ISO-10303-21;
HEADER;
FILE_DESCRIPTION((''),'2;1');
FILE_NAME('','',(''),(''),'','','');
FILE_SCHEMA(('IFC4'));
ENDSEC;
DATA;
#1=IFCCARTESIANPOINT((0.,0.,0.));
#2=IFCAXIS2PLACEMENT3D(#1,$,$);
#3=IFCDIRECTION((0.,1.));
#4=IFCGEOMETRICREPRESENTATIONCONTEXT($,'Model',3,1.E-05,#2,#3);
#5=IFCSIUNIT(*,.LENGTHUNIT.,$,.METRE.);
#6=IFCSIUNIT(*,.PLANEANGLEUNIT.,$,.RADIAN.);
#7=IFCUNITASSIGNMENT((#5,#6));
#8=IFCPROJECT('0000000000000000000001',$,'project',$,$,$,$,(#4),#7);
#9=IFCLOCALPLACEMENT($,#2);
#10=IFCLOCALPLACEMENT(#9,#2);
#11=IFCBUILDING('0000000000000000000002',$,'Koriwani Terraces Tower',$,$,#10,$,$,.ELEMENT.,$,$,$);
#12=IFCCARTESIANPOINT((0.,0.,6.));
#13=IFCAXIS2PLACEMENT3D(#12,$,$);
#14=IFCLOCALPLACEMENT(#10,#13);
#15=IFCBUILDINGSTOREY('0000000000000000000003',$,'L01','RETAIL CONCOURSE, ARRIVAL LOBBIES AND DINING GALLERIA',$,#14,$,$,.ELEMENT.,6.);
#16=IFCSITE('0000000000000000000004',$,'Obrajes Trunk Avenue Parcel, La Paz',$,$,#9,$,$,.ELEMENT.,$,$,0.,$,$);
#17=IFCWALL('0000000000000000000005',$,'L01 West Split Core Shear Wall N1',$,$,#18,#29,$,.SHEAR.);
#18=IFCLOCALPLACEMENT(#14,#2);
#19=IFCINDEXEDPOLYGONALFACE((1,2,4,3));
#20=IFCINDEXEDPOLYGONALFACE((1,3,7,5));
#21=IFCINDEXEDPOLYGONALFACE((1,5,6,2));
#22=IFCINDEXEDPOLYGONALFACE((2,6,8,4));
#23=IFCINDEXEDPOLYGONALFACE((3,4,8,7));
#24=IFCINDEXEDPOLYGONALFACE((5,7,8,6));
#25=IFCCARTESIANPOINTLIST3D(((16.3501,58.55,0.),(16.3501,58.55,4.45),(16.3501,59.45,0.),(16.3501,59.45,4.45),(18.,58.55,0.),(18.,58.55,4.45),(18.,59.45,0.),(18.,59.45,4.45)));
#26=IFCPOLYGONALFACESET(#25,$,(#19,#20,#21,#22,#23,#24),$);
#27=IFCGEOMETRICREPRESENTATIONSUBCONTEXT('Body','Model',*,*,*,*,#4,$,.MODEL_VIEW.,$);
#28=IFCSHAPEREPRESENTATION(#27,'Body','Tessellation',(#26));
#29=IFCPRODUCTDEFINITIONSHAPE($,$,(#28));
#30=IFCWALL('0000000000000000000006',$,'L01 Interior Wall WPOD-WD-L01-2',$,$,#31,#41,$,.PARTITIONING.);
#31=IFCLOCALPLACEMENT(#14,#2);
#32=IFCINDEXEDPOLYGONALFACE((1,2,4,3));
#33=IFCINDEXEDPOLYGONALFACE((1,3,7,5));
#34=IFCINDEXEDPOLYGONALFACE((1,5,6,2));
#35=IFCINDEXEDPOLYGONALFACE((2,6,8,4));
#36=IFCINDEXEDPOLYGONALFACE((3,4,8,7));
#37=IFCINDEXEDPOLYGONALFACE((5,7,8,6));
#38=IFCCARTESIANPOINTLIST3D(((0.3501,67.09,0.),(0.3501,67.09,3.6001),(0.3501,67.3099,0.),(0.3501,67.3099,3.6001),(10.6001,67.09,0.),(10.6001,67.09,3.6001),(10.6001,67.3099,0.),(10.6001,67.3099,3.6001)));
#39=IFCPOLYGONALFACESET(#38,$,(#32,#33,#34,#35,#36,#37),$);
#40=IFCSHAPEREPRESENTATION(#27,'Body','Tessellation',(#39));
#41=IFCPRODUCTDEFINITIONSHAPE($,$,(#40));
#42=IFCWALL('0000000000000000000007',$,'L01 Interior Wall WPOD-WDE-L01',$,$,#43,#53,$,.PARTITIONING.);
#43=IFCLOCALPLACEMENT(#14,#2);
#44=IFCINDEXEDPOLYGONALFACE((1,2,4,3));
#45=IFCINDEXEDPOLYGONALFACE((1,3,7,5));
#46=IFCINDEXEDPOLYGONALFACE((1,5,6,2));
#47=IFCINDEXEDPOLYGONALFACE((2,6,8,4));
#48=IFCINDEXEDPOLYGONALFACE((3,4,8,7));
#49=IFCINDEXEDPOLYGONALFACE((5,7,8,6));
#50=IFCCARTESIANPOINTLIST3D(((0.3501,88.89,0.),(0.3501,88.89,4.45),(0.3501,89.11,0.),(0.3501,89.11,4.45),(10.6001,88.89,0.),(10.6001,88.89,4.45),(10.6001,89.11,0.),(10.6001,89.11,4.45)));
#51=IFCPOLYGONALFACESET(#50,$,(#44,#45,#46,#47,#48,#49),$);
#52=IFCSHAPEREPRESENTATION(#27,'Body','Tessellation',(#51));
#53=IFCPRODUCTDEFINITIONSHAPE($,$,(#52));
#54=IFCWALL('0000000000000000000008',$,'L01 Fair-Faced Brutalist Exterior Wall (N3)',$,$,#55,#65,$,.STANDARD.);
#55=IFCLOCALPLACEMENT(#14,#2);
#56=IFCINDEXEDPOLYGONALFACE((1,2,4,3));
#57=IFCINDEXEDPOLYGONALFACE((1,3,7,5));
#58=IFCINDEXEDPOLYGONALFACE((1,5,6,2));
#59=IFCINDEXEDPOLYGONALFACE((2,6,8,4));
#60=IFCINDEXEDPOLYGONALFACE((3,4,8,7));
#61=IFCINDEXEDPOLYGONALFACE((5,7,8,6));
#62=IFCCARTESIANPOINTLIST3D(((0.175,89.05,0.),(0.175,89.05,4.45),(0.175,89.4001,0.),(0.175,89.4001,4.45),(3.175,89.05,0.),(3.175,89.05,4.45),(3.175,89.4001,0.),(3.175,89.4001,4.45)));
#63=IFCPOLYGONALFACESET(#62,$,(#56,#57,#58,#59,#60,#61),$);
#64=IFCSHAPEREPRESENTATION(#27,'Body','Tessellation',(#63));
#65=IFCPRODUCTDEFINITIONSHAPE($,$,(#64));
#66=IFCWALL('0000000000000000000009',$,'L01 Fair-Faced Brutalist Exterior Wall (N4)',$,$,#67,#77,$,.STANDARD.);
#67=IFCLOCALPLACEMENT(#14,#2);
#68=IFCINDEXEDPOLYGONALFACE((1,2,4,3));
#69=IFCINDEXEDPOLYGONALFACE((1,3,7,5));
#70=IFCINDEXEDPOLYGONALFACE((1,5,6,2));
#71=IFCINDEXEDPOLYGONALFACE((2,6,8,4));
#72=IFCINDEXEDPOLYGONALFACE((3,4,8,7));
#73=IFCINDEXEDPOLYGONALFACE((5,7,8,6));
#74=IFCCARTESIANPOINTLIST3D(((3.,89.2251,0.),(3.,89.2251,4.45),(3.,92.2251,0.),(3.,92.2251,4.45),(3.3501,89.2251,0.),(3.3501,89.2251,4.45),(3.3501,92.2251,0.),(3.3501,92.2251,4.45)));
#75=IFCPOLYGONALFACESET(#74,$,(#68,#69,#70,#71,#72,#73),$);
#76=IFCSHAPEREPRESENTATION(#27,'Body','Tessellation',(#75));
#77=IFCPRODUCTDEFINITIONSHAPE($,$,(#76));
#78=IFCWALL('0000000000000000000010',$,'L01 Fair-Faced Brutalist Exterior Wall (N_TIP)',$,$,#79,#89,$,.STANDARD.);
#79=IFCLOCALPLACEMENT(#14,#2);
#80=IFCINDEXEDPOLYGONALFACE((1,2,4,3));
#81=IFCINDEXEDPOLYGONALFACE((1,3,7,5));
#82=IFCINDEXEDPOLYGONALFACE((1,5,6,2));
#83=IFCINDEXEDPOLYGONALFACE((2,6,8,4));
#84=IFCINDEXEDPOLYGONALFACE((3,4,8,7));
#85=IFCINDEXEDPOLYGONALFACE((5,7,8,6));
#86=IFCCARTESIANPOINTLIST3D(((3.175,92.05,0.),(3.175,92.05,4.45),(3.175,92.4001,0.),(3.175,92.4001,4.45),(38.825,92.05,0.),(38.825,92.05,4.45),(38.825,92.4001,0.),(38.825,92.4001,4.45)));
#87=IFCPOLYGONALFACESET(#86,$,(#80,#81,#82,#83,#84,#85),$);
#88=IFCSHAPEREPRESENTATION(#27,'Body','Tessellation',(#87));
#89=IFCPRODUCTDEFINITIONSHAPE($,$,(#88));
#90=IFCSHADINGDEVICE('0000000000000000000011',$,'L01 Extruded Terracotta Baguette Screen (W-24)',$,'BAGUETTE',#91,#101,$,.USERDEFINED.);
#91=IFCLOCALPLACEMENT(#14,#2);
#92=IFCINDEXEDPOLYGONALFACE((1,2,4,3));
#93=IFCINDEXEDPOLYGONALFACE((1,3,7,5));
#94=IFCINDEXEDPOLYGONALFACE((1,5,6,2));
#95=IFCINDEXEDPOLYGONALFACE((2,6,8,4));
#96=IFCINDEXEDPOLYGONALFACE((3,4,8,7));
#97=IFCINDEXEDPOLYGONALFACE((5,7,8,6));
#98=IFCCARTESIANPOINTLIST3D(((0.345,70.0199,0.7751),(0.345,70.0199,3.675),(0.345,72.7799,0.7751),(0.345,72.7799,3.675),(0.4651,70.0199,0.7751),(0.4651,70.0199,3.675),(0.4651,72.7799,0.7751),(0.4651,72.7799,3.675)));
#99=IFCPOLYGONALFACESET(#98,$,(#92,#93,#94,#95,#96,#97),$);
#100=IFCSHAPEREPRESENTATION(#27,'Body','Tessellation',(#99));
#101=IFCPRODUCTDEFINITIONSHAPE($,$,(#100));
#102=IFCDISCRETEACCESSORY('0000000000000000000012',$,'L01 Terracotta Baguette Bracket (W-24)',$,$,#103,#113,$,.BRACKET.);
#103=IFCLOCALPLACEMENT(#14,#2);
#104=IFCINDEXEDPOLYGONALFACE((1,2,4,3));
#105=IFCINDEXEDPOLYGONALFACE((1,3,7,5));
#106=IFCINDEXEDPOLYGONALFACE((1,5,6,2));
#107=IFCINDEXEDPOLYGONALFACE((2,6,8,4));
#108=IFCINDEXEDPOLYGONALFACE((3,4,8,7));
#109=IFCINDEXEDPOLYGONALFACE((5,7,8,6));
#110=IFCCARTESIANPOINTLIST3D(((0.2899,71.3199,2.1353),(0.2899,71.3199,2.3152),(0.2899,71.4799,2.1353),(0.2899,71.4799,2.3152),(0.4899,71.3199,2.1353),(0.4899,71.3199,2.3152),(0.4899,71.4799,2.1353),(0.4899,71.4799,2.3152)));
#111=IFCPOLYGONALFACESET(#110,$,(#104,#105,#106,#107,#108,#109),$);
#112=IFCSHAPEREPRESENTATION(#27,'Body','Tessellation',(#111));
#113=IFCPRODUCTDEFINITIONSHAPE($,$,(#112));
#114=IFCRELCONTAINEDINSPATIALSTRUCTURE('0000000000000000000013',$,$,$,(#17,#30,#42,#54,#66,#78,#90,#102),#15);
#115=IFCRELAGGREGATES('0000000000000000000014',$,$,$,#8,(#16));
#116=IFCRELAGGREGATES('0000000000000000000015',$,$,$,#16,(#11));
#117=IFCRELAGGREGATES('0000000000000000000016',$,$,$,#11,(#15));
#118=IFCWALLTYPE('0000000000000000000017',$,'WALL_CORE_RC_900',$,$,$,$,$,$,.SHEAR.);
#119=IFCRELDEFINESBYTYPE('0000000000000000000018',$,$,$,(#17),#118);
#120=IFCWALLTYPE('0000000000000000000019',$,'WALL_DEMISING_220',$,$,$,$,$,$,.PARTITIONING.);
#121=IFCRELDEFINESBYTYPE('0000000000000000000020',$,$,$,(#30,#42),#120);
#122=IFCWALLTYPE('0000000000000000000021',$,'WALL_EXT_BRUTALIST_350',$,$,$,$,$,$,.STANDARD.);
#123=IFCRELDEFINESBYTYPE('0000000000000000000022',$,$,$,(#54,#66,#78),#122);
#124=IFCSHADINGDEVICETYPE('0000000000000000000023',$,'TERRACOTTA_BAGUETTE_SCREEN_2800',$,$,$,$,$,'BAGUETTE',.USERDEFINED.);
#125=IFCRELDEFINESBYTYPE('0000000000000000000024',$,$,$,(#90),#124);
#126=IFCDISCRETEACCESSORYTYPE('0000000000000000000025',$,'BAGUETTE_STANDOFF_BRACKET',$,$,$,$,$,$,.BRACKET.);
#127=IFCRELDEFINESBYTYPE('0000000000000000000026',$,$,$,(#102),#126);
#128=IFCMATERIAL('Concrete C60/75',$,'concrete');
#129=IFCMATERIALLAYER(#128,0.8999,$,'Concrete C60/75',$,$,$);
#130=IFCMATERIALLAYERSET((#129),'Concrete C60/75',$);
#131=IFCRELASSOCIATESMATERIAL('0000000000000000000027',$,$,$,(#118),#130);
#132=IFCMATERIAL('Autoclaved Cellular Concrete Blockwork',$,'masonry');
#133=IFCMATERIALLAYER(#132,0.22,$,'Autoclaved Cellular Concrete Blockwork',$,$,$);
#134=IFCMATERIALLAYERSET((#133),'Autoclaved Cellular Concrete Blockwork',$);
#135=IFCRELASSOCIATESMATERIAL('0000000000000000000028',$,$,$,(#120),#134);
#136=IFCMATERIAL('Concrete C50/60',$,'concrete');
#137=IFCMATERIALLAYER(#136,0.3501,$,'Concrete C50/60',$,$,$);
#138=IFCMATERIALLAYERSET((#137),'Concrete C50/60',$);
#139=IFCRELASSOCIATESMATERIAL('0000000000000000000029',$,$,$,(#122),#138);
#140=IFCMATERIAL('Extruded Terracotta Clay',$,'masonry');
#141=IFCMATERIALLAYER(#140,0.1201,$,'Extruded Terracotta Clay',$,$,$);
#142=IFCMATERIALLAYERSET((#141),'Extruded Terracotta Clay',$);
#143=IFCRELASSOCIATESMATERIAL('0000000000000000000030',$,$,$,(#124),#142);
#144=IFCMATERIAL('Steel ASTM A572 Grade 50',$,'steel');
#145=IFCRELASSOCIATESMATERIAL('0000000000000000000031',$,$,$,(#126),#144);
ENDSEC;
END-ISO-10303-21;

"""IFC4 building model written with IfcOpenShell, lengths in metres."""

from ifc_helpers import new_model, si_unit, direction, frame, frame_2d, origin, origin_2d, place, context, subcontext, project, spatial, rectangle, extrude, material, layer, layer_set, type_object, element, save


model = new_model("IFC4")

# Units and contexts
model_context = context("Model", 3, precision=1e-05, world=origin(), true_north=direction((0.0, 1.0)))
body_context = subcontext(model_context, "Body", "Model", "MODEL_VIEW")
ifc_project = project(units=[si_unit("LENGTHUNIT", "METRE"), si_unit("PLANEANGLEUNIT", "RADIAN")], contexts=[model_context])

# Site, building, storey
site_placement = place(None, origin())
site = spatial("IfcSite", under=ifc_project, at=site_placement, Name="Obrajes Trunk Avenue Parcel, La Paz", CompositionType="ELEMENT", RefElevation=0.0)
building_placement = place(site_placement, origin())
building = spatial("IfcBuilding", under=site, at=building_placement, Name="Koriwani Terraces Tower", CompositionType="ELEMENT")
storey_placement = place(building_placement, frame((0.0, 0.0, 6.0)))
storey = spatial("IfcBuildingStorey", under=building, at=storey_placement, Name="L01", Description="RETAIL CONCOURSE, ARRIVAL LOBBIES AND DINING GALLERIA", CompositionType="ELEMENT", Elevation=6.0)

# Shared definitions
ifc_material_1 = material(Name="Concrete C60/75", Category="concrete")

# Shared definitions
ifc_material_2 = material(Name="Steel ASTM A572 Grade 50", Category="steel")

# Walls
ifc_layer_1 = layer(ifc_material_1, 0.8999, Name="Concrete C60/75")
ifc_layer_set_1 = layer_set([ifc_layer_1], Name="Concrete C60/75")
wall_type_1 = type_object("IfcWallType", Name="WALL_CORE_RC_900", PredefinedType="SHEAR", material=ifc_layer_set_1)
wall_1_placement = place(storey_placement, frame((16.3501, 59.0, 0.0), z_axis=(0.0, 0.0, 1.0), x_axis=(1.0, 0.0, 0.0)))
element("IfcWall", 1, at=wall_1_placement, inside=storey, type_object=wall_type_1, Name="L01 West Split Core Shear Wall N1", PredefinedType="SHEAR", context=body_context, shape_type="SweptSolid", body=[
    extrude(rectangle(XDim=1.6499, YDim=0.8999, at=frame_2d((0.825, 0.0))), origin(), (0.0, 0.0, 1.0), 4.45),
])
ifc_material_3 = material(Name="Autoclaved Cellular Concrete Blockwork", Category="masonry")
ifc_layer_2 = layer(ifc_material_3, 0.22, Name="Autoclaved Cellular Concrete Blockwork")
ifc_layer_set_2 = layer_set([ifc_layer_2], Name="Autoclaved Cellular Concrete Blockwork")
wall_type_2 = type_object("IfcWallType", Name="WALL_DEMISING_220", PredefinedType="PARTITIONING", material=ifc_layer_set_2)
wall_2_placement = place(storey_placement, frame((0.3501, 67.2, 0.0), z_axis=(0.0, 0.0, 1.0), x_axis=(1.0, 0.0, 0.0)))
element("IfcWall", 2, at=wall_2_placement, inside=storey, type_object=wall_type_2, Name="L01 Interior Wall WPOD-WD-L01-2", PredefinedType="PARTITIONING", context=body_context, shape_type="SweptSolid", body=[
    extrude(rectangle(XDim=10.25, YDim=0.22, at=frame_2d((5.125, 0.0))), origin(), (0.0, 0.0, 1.0), 3.6001),
])
wall_3_placement = place(storey_placement, frame((0.3501, 89.0, 0.0), z_axis=(0.0, 0.0, 1.0), x_axis=(1.0, 0.0, 0.0)))
element("IfcWall", 3, at=wall_3_placement, inside=storey, type_object=wall_type_2, Name="L01 Interior Wall WPOD-WDE-L01", PredefinedType="PARTITIONING", context=body_context, shape_type="SweptSolid", body=[
    extrude(rectangle(XDim=10.25, YDim=0.22, at=frame_2d((5.125, 0.0))), origin(), (0.0, 0.0, 1.0), 4.45),
])
ifc_material_4 = material(Name="Concrete C50/60", Category="concrete")
ifc_layer_3 = layer(ifc_material_4, 0.3501, Name="Concrete C50/60")
ifc_layer_set_3 = layer_set([ifc_layer_3], Name="Concrete C50/60")
wall_type_3 = type_object("IfcWallType", Name="WALL_EXT_BRUTALIST_350", PredefinedType="STANDARD", material=ifc_layer_set_3)
for number, where, z_axis, x_axis, name in (
    (4, (0.175, 89.2251, 0.0), (0.0, 0.0, 1.0), (1.0, 0.0, 0.0), "L01 Fair-Faced Brutalist Exterior Wall (N3)"),
    (5, (3.175, 89.2251, 0.0), (0.0, 0.0, 1.0), (0.0, 1.0, 0.0), "L01 Fair-Faced Brutalist Exterior Wall (N4)"),
):
    element("IfcWall", number, at=place(storey_placement, frame(where, z_axis=z_axis, x_axis=x_axis)), inside=storey, type_object=wall_type_3, Name=name, PredefinedType="STANDARD", context=body_context, shape_type="SweptSolid", body=[
        extrude(rectangle(XDim=3.0, YDim=0.3501, at=frame_2d((1.5, 0.0))), origin(), (0.0, 0.0, 1.0), 4.45),
    ])
wall_4_placement = place(storey_placement, frame((3.175, 92.2251, 0.0), z_axis=(0.0, 0.0, 1.0), x_axis=(1.0, 0.0, 0.0)))
element("IfcWall", 6, at=wall_4_placement, inside=storey, type_object=wall_type_3, Name="L01 Fair-Faced Brutalist Exterior Wall (N_TIP)", PredefinedType="STANDARD", context=body_context, shape_type="SweptSolid", body=[
    extrude(rectangle(XDim=35.6499, YDim=0.3501, at=frame_2d((17.825, 0.0))), origin(), (0.0, 0.0, 1.0), 4.45),
])

# Shading device
ifc_material_5 = material(Name="Extruded Terracotta Clay", Category="masonry")
ifc_layer_4 = layer(ifc_material_5, 0.1201, Name="Extruded Terracotta Clay")
ifc_layer_set_4 = layer_set([ifc_layer_4], Name="Extruded Terracotta Clay")
shading_device_type = type_object("IfcShadingDeviceType", Name="TERRACOTTA_BAGUETTE_SCREEN_2800", ElementType="BAGUETTE", PredefinedType="USERDEFINED", material=ifc_layer_set_4)
shading_device_placement = place(storey_placement, frame((0.405, 71.3999, 0.7751), z_axis=(0.0, 0.0, 1.0), x_axis=(0.0, 1.0, 0.0)))
element("IfcShadingDevice", 7, at=shading_device_placement, inside=storey, type_object=shading_device_type, Name="L01 Extruded Terracotta Baguette Screen (W-24)", ObjectType="BAGUETTE", PredefinedType="USERDEFINED", context=body_context, shape_type="SweptSolid", body=[
    extrude(rectangle(XDim=2.76, YDim=0.1201, at=origin_2d()), origin(), (0.0, 0.0, 1.0), 2.8999),
])

# Discrete accessory
discrete_accessory_type = type_object("IfcDiscreteAccessoryType", Name="BAGUETTE_STANDOFF_BRACKET", PredefinedType="BRACKET", material=ifc_material_2)
discrete_accessory_placement = place(storey_placement, frame((0.3899, 71.3999, 2.1353), z_axis=(0.0, 0.0, 1.0), x_axis=(0.0, 1.0, 0.0)))
element("IfcDiscreteAccessory", 8, at=discrete_accessory_placement, inside=storey, type_object=discrete_accessory_type, Name="L01 Terracotta Baguette Bracket (W-24)", PredefinedType="BRACKET", context=body_context, shape_type="SweptSolid", body=[
    extrude(rectangle(XDim=0.1599, YDim=0.2, at=origin_2d()), origin(), (0.0, 0.0, 1.0), 0.1799),
])

save(model, "model.ifc")
